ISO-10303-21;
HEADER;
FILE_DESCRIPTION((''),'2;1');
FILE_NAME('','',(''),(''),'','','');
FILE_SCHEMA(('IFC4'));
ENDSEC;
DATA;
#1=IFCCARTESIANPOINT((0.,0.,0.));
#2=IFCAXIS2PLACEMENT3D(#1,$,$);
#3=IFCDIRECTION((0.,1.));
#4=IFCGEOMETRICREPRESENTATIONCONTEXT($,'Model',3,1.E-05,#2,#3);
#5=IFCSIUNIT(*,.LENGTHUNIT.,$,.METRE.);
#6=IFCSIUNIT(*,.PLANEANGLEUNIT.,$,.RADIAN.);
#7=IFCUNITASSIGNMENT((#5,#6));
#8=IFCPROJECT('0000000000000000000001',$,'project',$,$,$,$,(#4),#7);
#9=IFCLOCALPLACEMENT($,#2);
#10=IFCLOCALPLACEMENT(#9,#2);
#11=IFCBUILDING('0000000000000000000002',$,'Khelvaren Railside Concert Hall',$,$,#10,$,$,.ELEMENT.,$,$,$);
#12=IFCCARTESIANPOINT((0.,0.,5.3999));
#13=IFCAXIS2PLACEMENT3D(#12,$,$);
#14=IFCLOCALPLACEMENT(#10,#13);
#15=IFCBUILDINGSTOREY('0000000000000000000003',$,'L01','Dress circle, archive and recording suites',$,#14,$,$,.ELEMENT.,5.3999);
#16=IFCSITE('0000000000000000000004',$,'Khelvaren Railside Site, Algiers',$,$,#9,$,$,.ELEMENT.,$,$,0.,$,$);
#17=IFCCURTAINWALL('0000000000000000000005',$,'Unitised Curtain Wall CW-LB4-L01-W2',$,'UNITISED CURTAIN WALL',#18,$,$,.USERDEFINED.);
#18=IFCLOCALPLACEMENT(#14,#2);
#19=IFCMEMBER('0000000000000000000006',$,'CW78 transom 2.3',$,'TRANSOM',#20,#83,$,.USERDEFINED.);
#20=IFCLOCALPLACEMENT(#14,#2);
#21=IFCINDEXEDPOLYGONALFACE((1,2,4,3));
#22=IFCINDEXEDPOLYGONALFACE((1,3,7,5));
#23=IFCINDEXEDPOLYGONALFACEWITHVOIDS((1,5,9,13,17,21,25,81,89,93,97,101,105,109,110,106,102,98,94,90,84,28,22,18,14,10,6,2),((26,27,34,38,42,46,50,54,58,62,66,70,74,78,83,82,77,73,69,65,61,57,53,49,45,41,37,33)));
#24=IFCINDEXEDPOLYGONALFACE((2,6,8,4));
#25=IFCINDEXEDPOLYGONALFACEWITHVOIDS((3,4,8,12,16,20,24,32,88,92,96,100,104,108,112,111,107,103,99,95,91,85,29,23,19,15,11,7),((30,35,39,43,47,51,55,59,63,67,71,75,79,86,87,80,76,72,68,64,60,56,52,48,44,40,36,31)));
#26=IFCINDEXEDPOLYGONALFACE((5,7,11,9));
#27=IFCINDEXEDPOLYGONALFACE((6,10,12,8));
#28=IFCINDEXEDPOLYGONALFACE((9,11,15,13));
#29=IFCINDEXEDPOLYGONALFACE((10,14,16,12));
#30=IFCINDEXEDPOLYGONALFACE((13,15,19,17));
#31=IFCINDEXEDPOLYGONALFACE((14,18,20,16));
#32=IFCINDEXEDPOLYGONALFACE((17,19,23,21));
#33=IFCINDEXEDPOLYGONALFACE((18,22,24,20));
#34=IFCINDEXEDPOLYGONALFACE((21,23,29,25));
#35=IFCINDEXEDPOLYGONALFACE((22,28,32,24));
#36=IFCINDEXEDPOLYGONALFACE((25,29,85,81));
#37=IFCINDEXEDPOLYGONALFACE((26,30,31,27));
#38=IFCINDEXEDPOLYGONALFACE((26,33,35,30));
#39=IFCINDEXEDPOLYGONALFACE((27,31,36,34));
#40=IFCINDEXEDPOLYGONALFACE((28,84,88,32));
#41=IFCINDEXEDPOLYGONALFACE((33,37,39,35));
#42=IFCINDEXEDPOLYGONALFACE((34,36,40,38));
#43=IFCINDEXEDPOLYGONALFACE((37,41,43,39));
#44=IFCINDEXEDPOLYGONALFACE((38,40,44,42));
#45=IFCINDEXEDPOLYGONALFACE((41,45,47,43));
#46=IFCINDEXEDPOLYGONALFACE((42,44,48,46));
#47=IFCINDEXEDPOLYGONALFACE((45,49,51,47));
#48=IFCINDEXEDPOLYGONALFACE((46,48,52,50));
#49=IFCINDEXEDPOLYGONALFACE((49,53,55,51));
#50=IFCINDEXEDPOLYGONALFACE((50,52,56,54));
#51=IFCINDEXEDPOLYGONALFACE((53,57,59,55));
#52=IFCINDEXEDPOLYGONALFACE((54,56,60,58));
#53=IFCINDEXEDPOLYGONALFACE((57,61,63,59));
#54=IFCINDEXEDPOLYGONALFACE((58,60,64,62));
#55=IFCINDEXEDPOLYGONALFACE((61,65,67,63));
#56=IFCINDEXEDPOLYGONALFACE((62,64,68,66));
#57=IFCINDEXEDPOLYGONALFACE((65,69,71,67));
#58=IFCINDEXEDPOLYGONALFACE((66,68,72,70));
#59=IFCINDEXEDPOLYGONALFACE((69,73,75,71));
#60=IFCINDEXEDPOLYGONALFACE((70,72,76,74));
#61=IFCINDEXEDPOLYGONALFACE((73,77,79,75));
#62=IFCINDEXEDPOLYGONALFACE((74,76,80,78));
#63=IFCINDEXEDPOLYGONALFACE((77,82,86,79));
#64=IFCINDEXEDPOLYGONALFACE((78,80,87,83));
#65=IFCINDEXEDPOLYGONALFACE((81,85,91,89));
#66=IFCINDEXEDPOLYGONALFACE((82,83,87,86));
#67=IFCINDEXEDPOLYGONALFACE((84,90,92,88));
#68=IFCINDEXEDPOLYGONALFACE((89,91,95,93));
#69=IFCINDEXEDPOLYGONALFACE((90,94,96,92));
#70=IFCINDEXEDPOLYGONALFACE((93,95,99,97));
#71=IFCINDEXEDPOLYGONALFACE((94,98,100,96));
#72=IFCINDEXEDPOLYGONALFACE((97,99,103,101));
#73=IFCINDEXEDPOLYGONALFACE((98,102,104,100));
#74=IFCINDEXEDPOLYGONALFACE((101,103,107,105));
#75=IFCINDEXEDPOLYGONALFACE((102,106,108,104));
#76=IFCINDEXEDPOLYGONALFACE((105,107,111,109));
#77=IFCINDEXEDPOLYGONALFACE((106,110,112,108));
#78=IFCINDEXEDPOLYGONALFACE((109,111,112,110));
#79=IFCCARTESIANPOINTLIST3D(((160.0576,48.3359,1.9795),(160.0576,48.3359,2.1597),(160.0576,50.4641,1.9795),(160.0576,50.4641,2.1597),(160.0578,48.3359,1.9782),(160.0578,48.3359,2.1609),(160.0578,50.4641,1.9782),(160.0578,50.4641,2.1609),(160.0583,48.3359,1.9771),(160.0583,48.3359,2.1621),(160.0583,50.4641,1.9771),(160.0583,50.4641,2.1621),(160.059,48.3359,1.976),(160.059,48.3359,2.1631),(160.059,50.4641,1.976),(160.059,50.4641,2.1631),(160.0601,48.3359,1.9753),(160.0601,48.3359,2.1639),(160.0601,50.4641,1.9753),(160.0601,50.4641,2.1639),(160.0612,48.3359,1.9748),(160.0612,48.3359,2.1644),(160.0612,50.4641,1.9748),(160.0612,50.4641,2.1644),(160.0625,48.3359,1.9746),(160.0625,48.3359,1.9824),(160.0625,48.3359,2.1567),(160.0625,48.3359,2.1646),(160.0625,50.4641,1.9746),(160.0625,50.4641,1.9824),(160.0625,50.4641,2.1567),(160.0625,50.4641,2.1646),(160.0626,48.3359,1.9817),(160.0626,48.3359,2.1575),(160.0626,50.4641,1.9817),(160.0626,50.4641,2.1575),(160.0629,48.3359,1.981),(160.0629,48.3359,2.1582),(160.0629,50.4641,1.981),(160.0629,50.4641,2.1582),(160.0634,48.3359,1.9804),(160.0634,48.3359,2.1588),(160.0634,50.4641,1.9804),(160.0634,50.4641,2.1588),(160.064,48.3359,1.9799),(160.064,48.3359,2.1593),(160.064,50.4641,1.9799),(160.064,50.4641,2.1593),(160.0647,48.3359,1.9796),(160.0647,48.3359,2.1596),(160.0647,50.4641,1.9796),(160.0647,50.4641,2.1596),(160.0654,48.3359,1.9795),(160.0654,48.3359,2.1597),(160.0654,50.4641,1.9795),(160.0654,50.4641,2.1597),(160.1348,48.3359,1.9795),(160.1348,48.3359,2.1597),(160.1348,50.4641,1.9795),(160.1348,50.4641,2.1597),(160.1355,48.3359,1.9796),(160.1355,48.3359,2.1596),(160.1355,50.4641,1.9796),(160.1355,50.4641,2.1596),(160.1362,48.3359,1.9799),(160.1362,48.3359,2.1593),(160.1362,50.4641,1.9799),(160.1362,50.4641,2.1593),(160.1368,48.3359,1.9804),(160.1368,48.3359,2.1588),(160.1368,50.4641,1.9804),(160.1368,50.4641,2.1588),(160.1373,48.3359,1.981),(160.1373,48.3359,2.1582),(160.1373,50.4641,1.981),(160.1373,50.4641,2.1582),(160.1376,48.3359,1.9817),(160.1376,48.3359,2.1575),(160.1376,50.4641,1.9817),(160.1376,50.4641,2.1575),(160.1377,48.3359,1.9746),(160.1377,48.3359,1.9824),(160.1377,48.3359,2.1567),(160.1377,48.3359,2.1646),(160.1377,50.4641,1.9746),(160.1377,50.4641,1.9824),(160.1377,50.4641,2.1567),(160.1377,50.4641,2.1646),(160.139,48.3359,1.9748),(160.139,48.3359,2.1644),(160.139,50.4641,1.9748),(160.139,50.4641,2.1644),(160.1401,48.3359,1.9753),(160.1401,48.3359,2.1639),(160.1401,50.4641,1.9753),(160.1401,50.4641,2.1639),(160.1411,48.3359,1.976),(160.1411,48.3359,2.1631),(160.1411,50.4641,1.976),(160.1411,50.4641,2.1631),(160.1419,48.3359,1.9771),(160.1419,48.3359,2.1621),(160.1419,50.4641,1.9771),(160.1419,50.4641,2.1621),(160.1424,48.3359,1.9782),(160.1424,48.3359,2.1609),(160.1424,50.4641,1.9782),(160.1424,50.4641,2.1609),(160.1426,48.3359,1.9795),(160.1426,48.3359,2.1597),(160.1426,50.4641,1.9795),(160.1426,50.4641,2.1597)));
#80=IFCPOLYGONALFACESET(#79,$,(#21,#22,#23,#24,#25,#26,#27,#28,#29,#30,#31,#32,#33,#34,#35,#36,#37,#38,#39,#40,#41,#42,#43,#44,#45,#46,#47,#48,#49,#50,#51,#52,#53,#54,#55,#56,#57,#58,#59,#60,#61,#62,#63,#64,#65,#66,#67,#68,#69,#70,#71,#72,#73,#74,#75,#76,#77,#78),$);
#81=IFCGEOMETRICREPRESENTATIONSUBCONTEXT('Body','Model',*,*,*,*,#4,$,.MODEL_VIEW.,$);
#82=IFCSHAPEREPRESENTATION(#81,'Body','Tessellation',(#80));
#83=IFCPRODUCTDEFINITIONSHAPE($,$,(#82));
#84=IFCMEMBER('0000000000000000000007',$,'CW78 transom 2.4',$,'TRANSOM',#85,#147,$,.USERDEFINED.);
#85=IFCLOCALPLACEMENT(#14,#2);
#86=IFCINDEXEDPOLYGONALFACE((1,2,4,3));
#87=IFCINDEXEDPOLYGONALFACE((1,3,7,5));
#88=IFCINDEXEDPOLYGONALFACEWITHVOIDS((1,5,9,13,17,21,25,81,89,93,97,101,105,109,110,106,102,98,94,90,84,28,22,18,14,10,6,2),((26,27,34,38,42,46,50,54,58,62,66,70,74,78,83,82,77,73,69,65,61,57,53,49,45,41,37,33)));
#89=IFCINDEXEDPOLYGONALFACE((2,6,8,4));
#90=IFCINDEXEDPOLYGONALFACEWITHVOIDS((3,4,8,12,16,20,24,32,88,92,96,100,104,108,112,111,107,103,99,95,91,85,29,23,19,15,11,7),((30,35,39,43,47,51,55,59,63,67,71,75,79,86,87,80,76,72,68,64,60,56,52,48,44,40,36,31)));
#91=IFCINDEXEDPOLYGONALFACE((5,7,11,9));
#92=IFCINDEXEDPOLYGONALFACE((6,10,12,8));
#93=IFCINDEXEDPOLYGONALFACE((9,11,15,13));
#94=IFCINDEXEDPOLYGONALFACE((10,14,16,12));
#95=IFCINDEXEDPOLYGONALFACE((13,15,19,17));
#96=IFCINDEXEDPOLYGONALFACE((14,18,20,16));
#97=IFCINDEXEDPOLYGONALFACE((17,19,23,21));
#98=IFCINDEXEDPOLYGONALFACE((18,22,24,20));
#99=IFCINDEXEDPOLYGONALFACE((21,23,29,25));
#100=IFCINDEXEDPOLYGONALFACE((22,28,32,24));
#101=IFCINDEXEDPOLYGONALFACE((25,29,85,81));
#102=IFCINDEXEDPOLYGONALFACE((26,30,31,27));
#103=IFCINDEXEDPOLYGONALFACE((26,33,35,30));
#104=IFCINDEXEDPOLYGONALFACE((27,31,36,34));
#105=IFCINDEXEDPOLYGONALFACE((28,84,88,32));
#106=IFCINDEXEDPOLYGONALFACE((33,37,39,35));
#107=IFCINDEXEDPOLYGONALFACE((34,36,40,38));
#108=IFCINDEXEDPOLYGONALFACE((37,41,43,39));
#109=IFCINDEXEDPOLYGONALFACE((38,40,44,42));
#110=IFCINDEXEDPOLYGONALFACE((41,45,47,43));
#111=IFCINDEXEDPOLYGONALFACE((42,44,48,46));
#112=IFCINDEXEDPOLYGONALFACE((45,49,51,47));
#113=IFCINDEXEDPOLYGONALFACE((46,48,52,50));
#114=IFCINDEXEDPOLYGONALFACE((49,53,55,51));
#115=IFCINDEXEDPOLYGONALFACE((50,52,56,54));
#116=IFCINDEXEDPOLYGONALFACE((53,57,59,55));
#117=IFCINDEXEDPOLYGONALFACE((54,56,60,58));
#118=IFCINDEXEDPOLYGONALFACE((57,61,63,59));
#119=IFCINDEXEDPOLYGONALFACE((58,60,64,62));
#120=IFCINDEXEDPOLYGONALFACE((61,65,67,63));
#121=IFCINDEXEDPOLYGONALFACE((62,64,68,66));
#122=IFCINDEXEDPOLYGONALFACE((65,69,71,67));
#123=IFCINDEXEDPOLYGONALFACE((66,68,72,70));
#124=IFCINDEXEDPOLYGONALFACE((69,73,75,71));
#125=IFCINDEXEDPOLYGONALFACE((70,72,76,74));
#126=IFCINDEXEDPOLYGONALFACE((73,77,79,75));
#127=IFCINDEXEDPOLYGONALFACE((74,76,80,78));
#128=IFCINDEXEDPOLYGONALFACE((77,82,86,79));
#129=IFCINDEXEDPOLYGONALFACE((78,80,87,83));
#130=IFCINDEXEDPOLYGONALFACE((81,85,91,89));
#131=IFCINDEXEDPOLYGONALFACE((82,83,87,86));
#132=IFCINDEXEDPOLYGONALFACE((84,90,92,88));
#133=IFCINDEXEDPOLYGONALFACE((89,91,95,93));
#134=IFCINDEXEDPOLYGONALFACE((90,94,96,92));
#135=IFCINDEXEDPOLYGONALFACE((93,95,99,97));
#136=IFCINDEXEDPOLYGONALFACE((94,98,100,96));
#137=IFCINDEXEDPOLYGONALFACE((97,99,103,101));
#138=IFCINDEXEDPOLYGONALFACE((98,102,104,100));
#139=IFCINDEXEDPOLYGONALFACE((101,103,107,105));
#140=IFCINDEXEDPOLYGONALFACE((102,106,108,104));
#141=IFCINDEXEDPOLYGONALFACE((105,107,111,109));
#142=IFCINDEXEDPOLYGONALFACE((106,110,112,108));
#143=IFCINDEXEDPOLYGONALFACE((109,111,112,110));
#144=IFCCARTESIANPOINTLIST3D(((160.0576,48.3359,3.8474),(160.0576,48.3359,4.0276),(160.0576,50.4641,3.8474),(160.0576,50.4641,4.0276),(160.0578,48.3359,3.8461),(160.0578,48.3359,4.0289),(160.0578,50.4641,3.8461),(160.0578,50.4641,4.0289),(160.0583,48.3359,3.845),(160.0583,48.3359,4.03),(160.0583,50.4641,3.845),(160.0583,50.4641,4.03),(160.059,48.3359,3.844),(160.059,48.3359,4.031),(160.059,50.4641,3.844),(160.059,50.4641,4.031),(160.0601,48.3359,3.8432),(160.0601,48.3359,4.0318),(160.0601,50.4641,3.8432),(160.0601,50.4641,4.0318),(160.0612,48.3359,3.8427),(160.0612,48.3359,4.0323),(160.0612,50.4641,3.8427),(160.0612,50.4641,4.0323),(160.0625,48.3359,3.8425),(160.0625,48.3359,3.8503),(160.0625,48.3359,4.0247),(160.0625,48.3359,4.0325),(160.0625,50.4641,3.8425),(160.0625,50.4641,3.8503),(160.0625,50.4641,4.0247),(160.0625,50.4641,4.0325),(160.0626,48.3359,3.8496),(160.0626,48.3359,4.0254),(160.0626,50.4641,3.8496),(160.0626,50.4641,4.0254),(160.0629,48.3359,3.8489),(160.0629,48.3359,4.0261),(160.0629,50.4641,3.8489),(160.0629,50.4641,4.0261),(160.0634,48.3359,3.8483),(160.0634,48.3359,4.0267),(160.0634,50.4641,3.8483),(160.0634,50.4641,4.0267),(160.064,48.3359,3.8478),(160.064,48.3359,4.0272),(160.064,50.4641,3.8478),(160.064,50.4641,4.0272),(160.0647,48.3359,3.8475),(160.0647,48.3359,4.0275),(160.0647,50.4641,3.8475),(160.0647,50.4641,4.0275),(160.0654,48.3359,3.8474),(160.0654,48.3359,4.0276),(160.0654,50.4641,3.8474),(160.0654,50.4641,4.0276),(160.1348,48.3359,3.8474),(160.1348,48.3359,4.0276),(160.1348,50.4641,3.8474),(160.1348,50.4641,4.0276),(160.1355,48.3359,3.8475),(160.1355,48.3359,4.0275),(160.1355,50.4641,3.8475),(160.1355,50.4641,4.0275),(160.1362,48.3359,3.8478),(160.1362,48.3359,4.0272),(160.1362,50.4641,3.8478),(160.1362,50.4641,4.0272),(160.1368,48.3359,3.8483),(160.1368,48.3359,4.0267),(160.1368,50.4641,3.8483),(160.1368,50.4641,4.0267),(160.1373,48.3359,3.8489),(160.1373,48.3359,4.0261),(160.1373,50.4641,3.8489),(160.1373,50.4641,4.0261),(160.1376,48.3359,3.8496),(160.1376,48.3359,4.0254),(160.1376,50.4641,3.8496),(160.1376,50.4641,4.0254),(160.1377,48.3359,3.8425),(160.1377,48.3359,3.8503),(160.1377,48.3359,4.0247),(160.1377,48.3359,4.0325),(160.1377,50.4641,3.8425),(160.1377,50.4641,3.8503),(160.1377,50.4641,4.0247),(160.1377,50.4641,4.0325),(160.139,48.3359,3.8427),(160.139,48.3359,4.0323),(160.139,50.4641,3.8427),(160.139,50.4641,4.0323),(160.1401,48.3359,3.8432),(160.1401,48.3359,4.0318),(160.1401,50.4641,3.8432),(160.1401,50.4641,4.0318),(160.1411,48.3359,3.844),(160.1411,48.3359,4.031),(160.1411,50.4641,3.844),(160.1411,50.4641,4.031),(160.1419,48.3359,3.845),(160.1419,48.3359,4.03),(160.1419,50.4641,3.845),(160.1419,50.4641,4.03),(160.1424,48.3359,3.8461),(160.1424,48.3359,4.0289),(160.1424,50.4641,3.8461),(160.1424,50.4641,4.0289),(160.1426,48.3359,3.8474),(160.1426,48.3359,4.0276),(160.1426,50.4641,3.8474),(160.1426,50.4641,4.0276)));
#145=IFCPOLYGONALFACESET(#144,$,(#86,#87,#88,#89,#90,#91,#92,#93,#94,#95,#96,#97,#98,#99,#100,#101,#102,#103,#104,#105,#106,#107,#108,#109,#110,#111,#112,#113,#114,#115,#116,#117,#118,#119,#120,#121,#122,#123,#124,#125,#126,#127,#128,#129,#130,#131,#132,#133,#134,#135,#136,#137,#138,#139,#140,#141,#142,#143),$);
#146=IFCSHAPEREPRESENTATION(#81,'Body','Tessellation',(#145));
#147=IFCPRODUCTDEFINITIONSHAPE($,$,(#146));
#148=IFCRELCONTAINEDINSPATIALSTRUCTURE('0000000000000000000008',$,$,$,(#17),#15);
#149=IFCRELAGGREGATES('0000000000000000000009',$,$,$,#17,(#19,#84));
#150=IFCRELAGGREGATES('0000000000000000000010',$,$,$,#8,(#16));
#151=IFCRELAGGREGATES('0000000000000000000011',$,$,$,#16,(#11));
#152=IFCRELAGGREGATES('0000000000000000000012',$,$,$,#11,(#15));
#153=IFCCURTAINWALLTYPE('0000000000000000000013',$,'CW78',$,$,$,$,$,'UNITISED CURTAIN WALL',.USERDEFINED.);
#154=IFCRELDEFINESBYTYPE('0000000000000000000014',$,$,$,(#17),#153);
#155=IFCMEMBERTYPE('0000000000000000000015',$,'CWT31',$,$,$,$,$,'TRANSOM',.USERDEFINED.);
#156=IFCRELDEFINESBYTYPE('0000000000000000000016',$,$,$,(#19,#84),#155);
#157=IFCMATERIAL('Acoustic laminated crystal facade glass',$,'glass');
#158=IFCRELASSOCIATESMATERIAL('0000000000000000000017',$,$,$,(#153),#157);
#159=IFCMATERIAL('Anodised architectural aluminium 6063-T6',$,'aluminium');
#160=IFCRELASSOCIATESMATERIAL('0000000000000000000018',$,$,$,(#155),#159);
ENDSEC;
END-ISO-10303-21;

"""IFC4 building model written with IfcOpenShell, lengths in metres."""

from ifc_helpers import new_model, si_unit, direction, frame, origin, origin_2d, place, context, subcontext, project, spatial, hollow_rectangle, extrude, material, material_profile, profile_set, type_object, element, aggregate, save


model = new_model("IFC4")

# Units and contexts
model_context = context("Model", 3, precision=1e-05, world=origin(), true_north=direction((0.0, 1.0)))
body_context = subcontext(model_context, "Body", "Model", "MODEL_VIEW")
ifc_project = project(units=[si_unit("LENGTHUNIT", "METRE"), si_unit("PLANEANGLEUNIT", "RADIAN")], contexts=[model_context])

# Site, building, storey
site_placement = place(None, origin())
site = spatial("IfcSite", under=ifc_project, at=site_placement, Name="Khelvaren Railside Site, Algiers", CompositionType="ELEMENT", RefElevation=0.0)
building_placement = place(site_placement, origin())
building = spatial("IfcBuilding", under=site, at=building_placement, Name="Khelvaren Railside Concert Hall", CompositionType="ELEMENT")
storey_placement = place(building_placement, frame((0.0, 0.0, 5.3999)))
storey = spatial("IfcBuildingStorey", under=building, at=storey_placement, Name="L01", Description="Dress circle, archive and recording suites", CompositionType="ELEMENT", Elevation=5.3999)

# Curtain wall, members
ifc_material_1 = material(Name="Acoustic laminated crystal facade glass", Category="glass")
curtain_wall_type = type_object("IfcCurtainWallType", Name="CW78", ElementType="UNITISED CURTAIN WALL", PredefinedType="USERDEFINED", material=ifc_material_1)
curtain_wall_placement = place(storey_placement, origin())
curtain_wall = element("IfcCurtainWall", 1, at=curtain_wall_placement, inside=storey, type_object=curtain_wall_type, Name="Unitised Curtain Wall CW-LB4-L01-W2", ObjectType="UNITISED CURTAIN WALL", PredefinedType="USERDEFINED")
ifc_material_2 = material(Name="Anodised architectural aluminium 6063-T6", Category="aluminium")
ifc_material_profile_1 = material_profile(ifc_material_2, hollow_rectangle(XDim=0.085, YDim=0.1899, WallThickness=0.0049, InnerFilletRadius=0.0029, OuterFilletRadius=0.0049, at=origin_2d()), Name="CWT 85x190x5")
ifc_profile_set_1 = profile_set([ifc_material_profile_1], Name="Anodised architectural aluminium 6063-T6")
member_type_1 = type_object("IfcMemberType", Name="CWT31", ElementType="TRANSOM", PredefinedType="USERDEFINED", material=ifc_profile_set_1)
member_1_placement = place(storey_placement, frame((160.1001, 48.3359, 2.0696), z_axis=(0.0, 1.0, 0.0), x_axis=(-1.0, 0.0, 0.0)))
member_1 = element("IfcMember", 2, at=member_1_placement, type_object=member_type_1, Name="CW78 transom 2.3", ObjectType="TRANSOM", PredefinedType="USERDEFINED", context=body_context, shape_type="SweptSolid", body=[
    extrude(hollow_rectangle(XDim=0.085, YDim=0.1899, WallThickness=0.0049, InnerFilletRadius=0.0029, OuterFilletRadius=0.0049, at=origin_2d()), origin(), (0.0, 0.0, 1.0), 2.1282),
])
member_2_placement = place(storey_placement, frame((160.1001, 48.3359, 3.9375), z_axis=(0.0, 1.0, 0.0), x_axis=(-1.0, 0.0, 0.0)))
member_2 = element("IfcMember", 3, at=member_2_placement, type_object=member_type_1, Name="CW78 transom 2.4", ObjectType="TRANSOM", PredefinedType="USERDEFINED", context=body_context, shape_type="SweptSolid", body=[
    extrude(hollow_rectangle(XDim=0.085, YDim=0.1899, WallThickness=0.0049, InnerFilletRadius=0.0029, OuterFilletRadius=0.0049, at=origin_2d()), origin(), (0.0, 0.0, 1.0), 2.1282),
])

aggregate(curtain_wall, [member_1, member_2])

save(model, "model.ifc")
